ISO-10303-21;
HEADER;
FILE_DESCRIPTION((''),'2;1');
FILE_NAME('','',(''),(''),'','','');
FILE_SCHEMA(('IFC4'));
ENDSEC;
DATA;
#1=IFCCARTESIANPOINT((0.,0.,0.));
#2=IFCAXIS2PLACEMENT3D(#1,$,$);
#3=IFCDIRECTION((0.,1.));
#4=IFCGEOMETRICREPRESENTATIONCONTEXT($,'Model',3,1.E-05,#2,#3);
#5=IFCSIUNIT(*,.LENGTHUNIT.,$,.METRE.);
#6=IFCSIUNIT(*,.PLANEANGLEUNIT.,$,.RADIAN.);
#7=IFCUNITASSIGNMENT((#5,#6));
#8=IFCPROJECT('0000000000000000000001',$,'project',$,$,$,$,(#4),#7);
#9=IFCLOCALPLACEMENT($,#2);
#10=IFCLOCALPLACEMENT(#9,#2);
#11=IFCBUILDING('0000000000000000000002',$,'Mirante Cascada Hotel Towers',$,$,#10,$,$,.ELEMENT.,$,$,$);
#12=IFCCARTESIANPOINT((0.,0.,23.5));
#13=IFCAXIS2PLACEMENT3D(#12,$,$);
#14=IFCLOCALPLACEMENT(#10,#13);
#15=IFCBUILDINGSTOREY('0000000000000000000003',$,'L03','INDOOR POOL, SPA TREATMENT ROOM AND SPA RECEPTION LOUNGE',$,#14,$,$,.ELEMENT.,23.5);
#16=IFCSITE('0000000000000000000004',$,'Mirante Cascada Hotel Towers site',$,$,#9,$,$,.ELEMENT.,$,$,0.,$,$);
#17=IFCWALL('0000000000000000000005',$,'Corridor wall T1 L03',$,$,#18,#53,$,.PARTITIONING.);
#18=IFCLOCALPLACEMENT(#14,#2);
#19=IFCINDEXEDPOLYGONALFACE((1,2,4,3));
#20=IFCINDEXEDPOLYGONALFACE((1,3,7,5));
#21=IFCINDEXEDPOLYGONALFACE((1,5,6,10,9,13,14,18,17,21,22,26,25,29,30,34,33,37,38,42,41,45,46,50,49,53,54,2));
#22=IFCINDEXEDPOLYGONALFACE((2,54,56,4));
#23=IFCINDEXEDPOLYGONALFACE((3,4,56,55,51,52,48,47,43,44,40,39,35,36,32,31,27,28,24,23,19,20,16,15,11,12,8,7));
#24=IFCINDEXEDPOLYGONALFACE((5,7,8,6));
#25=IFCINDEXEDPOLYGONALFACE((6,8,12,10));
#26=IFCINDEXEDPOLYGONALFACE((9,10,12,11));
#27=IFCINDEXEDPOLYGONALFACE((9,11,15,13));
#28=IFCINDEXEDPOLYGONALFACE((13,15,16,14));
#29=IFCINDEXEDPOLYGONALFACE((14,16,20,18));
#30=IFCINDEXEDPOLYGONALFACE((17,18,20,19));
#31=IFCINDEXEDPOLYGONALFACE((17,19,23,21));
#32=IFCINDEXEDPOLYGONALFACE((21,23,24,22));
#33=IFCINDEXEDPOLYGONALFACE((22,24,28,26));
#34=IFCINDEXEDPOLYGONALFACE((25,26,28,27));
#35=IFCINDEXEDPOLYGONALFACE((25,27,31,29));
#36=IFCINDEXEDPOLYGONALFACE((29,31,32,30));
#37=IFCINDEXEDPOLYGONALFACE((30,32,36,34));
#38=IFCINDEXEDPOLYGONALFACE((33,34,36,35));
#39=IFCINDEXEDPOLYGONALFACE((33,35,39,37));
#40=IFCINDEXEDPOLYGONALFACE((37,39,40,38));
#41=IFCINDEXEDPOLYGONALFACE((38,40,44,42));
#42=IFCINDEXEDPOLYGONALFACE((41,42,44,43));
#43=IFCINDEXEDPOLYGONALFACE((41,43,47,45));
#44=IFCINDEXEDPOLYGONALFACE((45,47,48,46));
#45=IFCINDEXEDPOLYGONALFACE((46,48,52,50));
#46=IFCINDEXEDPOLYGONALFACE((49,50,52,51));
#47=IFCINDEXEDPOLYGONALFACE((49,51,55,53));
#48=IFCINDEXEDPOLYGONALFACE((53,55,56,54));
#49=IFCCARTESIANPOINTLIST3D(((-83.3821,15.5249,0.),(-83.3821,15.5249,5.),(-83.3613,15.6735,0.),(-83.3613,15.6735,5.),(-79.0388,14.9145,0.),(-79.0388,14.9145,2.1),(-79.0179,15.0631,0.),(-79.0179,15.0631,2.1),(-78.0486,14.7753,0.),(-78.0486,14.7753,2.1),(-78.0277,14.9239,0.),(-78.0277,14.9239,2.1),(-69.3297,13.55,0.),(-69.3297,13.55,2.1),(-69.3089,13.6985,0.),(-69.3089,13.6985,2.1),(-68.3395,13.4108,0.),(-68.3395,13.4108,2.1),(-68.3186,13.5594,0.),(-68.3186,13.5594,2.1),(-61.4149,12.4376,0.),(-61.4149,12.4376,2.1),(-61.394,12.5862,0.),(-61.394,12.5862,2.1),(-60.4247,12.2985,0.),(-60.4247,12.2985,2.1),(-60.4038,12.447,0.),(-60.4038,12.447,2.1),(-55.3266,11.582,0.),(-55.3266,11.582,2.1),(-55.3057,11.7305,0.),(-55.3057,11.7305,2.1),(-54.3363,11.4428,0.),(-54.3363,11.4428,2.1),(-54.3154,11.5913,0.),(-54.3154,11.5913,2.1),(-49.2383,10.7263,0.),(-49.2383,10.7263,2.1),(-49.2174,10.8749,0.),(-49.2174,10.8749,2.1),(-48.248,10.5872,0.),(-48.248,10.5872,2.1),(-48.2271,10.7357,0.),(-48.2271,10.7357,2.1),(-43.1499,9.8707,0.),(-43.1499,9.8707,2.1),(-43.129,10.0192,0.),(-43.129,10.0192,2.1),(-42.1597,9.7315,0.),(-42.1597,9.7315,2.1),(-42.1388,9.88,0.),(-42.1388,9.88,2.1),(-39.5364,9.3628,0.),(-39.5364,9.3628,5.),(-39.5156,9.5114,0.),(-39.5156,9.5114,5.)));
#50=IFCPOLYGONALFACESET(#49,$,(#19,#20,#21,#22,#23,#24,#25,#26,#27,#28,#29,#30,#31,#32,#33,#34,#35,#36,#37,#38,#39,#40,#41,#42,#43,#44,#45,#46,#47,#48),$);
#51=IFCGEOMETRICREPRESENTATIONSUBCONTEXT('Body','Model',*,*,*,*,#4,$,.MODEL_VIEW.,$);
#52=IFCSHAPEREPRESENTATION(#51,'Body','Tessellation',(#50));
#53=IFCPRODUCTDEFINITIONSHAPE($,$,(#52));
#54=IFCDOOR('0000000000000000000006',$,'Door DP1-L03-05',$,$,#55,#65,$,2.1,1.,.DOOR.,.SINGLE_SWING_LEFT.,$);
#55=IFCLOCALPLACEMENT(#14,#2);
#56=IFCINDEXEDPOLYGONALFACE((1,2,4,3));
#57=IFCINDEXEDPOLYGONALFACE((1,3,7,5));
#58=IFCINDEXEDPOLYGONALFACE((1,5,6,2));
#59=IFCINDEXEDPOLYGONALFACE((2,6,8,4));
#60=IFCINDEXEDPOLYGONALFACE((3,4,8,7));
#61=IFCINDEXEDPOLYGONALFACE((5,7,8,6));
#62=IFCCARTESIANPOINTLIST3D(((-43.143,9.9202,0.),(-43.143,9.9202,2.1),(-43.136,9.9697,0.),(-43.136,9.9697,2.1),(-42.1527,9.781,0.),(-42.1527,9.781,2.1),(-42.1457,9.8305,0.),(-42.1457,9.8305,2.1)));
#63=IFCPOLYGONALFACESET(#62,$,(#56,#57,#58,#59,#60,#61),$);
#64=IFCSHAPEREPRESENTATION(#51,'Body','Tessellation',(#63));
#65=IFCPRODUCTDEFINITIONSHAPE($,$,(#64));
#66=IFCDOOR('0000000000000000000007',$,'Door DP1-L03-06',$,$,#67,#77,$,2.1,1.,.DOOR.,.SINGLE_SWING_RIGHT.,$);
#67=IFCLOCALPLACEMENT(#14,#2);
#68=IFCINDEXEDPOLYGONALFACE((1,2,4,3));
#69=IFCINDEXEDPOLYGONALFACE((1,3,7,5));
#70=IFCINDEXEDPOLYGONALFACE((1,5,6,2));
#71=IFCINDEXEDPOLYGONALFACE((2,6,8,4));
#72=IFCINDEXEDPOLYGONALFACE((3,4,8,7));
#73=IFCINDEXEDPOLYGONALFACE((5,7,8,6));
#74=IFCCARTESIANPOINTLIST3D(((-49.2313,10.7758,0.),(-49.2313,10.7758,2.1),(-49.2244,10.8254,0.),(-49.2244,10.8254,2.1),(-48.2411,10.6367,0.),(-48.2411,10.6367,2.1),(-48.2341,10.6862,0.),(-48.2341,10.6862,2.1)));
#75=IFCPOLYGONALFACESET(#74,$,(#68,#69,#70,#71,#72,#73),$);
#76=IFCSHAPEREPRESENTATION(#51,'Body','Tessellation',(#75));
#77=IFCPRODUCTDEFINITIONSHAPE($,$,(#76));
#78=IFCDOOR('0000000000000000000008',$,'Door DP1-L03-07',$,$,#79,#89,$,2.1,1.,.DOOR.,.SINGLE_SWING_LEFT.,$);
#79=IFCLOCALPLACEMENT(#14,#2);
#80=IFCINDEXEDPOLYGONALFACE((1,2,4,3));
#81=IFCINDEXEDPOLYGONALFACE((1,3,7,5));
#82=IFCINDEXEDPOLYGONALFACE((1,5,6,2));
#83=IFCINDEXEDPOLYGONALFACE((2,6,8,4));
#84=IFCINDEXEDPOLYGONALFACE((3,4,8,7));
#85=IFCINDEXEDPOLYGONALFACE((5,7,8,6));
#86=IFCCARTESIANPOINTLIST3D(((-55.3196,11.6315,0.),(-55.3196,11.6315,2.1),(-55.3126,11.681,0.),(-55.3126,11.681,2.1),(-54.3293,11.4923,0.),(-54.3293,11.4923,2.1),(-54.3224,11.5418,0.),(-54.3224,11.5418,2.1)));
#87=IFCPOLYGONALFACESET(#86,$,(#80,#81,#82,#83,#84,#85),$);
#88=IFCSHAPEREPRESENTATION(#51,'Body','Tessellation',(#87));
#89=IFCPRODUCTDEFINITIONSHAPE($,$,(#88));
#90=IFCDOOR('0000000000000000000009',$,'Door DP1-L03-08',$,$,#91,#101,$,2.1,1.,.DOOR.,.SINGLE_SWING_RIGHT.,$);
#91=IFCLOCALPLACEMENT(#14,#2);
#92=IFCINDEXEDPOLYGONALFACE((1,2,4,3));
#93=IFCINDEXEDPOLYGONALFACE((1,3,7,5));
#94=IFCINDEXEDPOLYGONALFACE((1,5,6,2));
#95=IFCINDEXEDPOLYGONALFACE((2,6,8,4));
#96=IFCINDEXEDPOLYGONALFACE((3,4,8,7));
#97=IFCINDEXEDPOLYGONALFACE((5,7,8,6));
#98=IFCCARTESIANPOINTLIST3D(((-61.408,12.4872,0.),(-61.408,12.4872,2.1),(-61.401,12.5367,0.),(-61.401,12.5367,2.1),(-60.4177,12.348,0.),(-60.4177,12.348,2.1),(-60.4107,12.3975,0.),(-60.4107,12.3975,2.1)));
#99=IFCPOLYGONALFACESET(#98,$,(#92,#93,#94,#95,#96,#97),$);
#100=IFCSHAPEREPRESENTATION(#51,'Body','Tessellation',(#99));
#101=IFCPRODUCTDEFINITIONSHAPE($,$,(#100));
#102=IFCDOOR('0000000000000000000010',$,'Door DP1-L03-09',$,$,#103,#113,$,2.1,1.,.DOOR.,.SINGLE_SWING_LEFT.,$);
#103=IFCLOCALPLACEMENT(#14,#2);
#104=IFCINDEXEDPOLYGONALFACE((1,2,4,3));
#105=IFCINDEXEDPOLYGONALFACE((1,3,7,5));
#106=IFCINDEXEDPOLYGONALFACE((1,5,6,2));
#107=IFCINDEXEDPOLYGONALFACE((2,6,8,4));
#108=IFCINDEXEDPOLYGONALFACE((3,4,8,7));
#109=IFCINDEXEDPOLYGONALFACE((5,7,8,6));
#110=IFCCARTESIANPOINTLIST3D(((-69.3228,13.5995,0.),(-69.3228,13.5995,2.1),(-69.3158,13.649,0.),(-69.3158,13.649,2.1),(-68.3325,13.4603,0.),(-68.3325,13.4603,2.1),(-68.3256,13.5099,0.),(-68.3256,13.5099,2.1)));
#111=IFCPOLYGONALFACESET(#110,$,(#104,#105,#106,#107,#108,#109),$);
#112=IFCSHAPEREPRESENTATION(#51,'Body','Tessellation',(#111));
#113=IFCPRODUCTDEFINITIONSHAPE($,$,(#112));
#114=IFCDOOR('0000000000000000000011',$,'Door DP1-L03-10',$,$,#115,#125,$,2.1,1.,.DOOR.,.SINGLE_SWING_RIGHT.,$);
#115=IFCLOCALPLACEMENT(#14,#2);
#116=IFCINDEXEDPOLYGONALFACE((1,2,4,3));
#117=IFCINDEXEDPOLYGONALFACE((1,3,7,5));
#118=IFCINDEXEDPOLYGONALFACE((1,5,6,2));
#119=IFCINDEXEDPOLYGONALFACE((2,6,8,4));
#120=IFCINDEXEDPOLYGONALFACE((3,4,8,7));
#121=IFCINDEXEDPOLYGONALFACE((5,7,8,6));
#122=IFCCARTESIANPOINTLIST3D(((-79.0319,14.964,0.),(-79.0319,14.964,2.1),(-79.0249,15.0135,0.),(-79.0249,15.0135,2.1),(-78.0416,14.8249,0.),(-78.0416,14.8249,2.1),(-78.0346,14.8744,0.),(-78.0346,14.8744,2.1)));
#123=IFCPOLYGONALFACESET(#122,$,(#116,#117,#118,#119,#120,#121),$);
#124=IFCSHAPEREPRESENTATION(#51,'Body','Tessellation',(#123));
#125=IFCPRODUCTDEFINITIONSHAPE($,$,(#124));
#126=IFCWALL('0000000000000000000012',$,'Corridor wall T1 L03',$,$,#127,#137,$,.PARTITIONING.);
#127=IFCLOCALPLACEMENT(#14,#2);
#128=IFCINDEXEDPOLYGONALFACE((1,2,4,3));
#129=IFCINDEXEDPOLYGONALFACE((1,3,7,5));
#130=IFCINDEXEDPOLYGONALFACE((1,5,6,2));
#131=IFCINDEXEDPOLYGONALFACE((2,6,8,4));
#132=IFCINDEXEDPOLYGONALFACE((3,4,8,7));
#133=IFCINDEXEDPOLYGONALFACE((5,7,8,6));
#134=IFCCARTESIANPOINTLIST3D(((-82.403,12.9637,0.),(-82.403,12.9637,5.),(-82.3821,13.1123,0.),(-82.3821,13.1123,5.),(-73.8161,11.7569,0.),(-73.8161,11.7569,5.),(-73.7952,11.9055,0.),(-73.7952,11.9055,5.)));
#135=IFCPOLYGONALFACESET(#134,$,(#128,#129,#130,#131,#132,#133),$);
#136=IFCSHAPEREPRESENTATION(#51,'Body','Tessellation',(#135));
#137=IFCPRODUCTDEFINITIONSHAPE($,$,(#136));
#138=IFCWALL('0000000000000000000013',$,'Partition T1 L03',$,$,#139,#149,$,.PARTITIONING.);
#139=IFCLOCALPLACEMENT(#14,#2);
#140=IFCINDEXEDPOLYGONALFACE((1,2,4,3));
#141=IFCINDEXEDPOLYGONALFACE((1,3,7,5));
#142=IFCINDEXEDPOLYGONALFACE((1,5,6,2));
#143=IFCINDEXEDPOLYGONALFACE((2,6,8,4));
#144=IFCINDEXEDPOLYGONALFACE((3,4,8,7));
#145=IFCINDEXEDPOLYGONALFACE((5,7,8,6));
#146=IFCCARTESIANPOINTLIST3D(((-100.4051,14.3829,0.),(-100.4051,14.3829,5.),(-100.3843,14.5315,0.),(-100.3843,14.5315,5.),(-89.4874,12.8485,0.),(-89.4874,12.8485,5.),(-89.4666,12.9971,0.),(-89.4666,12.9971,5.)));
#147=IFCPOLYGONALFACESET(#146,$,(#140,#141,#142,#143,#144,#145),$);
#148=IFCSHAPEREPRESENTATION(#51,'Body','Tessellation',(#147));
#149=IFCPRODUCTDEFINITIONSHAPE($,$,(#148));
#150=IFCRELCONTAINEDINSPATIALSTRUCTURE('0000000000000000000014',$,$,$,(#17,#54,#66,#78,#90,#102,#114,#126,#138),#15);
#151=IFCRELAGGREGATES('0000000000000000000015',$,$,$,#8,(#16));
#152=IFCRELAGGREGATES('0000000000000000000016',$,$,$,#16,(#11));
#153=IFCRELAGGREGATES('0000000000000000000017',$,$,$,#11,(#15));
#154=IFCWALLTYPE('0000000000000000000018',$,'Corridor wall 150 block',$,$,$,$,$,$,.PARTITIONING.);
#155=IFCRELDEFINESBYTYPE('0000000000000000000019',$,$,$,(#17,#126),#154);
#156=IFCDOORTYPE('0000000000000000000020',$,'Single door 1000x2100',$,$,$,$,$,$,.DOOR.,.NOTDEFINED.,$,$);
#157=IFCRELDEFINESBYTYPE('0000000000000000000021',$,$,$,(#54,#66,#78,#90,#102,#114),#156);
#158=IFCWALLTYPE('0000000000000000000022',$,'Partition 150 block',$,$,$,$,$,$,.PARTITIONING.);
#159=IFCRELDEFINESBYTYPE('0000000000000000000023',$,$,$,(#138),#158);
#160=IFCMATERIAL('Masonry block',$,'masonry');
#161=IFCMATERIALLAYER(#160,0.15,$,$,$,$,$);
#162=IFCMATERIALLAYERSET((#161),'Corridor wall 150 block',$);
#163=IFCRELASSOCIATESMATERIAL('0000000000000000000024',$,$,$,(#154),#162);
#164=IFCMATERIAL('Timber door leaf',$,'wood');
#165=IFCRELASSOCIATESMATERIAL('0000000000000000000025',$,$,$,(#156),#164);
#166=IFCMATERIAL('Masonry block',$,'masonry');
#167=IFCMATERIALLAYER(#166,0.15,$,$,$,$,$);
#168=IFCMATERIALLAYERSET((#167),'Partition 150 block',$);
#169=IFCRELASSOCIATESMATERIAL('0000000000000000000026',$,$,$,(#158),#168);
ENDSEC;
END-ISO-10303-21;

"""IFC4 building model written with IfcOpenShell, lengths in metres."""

from ifc_helpers import new_model, si_unit, direction, frame, frame_2d, origin, place, context, subcontext, project, spatial, rectangle, extrude, material, layer, layer_set, type_object, element, fill, save


model = new_model("IFC4")

# Units and contexts
model_context = context("Model", 3, precision=1e-05, world=origin(), true_north=direction((0.0, 1.0)))
body_context = subcontext(model_context, "Body", "Model", "MODEL_VIEW")
ifc_project = project(units=[si_unit("LENGTHUNIT", "METRE"), si_unit("PLANEANGLEUNIT", "RADIAN")], contexts=[model_context])

# Site, building, storey
site_placement = place(None, origin())
site = spatial("IfcSite", under=ifc_project, at=site_placement, Name="Mirante Cascada Hotel Towers site", CompositionType="ELEMENT", RefElevation=0.0)
building_placement = place(site_placement, origin())
building = spatial("IfcBuilding", under=site, at=building_placement, Name="Mirante Cascada Hotel Towers", CompositionType="ELEMENT")
storey_placement = place(building_placement, frame((0.0, 0.0, 23.5)))
storey = spatial("IfcBuildingStorey", under=building, at=storey_placement, Name="L03", Description="INDOOR POOL, SPA TREATMENT ROOM AND SPA RECEPTION LOUNGE", CompositionType="ELEMENT", Elevation=23.5)

# Shared definitions
ifc_material_1 = material(Name="Masonry block", Category="masonry")
ifc_layer_1 = layer(ifc_material_1, 0.15)
ifc_layer_set_1 = layer_set([ifc_layer_1], Name="Corridor wall 150 block")
wall_type_1 = type_object("IfcWallType", Name="Corridor wall 150 block", PredefinedType="PARTITIONING", material=ifc_layer_set_1)

# Wall, openings, doors
wall_1_placement = place(storey_placement, frame((-83.3717, 15.5992, 0.0), z_axis=(0.0, 0.0, 1.0), x_axis=(0.990268, -0.139173, 0.0)))
wall_1 = element("IfcWall", 1, at=wall_1_placement, inside=storey, type_object=wall_type_1, Name="Corridor wall T1 L03", PredefinedType="PARTITIONING", context=body_context, shape_type="SweptSolid", body=[
    extrude(rectangle(XDim=44.2766, YDim=0.15, at=frame_2d((22.1383, 0.0))), origin(), (0.0, 0.0, 1.0), 5.0),
])
opening_1_placement = place(wall_1_placement, frame((40.6276, 0.0, 0.0)))
opening_1 = element("IfcOpeningElement", 2, at=opening_1_placement, cuts=wall_1, PredefinedType="OPENING", context=body_context, shape_type="SweptSolid", body=[
    extrude(rectangle(XDim=1.0, YDim=2.1, at=frame_2d((0.5, 1.05))), frame((0.0, 0.075, 0.0), z_axis=(0.0, -1.0, 0.0), x_axis=(1.0, 0.0, 0.0)), (0.0, 0.0, 1.0), 0.15),
])
opening_2_placement = place(wall_1_placement, frame((34.4794, 0.0, 0.0)))
opening_2 = element("IfcOpeningElement", 3, at=opening_2_placement, cuts=wall_1, PredefinedType="OPENING", context=body_context, shape_type="SweptSolid", body=[
    extrude(rectangle(XDim=1.0, YDim=2.1, at=frame_2d((0.5, 1.05))), frame((0.0, 0.075, 0.0), z_axis=(0.0, -1.0, 0.0), x_axis=(1.0, 0.0, 0.0)), (0.0, 0.0, 1.0), 0.15),
])
opening_3_placement = place(wall_1_placement, frame((28.3313, 0.0, 0.0)))
opening_3 = element("IfcOpeningElement", 4, at=opening_3_placement, cuts=wall_1, PredefinedType="OPENING", context=body_context, shape_type="SweptSolid", body=[
    extrude(rectangle(XDim=1.0, YDim=2.1, at=frame_2d((0.5, 1.05))), frame((0.0, 0.075, 0.0), z_axis=(0.0, -1.0, 0.0), x_axis=(1.0, 0.0, 0.0)), (0.0, 0.0, 1.0), 0.15),
])
opening_4_placement = place(wall_1_placement, frame((22.1831, 0.0, 0.0)))
opening_4 = element("IfcOpeningElement", 5, at=opening_4_placement, cuts=wall_1, PredefinedType="OPENING", context=body_context, shape_type="SweptSolid", body=[
    extrude(rectangle(XDim=1.0, YDim=2.1, at=frame_2d((0.5, 1.05))), frame((0.0, 0.075, 0.0), z_axis=(0.0, -1.0, 0.0), x_axis=(1.0, 0.0, 0.0)), (0.0, 0.0, 1.0), 0.15),
])
opening_5_placement = place(wall_1_placement, frame((14.1905, 0.0, 0.0)))
opening_5 = element("IfcOpeningElement", 6, at=opening_5_placement, cuts=wall_1, PredefinedType="OPENING", context=body_context, shape_type="SweptSolid", body=[
    extrude(rectangle(XDim=1.0, YDim=2.1, at=frame_2d((0.5, 1.05))), frame((0.0, 0.075, 0.0), z_axis=(0.0, -1.0, 0.0), x_axis=(1.0, 0.0, 0.0)), (0.0, 0.0, 1.0), 0.15),
])
opening_6_placement = place(wall_1_placement, frame((4.386, 0.0, 0.0)))
opening_6 = element("IfcOpeningElement", 7, at=opening_6_placement, cuts=wall_1, PredefinedType="OPENING", context=body_context, shape_type="SweptSolid", body=[
    extrude(rectangle(XDim=1.0, YDim=2.1, at=frame_2d((0.5, 1.05))), frame((0.0, 0.075, 0.0), z_axis=(0.0, -1.0, 0.0), x_axis=(1.0, 0.0, 0.0)), (0.0, 0.0, 1.0), 0.15),
])
ifc_material_2 = material(Name="Timber door leaf", Category="wood")
door_type = type_object("IfcDoorType", Name="Single door 1000x2100", OperationType="NOTDEFINED", PredefinedType="DOOR", material=ifc_material_2)
door_1_placement = place(opening_1_placement, origin())
door_1 = element("IfcDoor", 8, at=door_1_placement, inside=storey, type_object=door_type, Name="Door DP1-L03-05", OperationType="SINGLE_SWING_LEFT", OverallHeight=2.1, OverallWidth=1.0, PredefinedType="DOOR", context=body_context, shape_type="SweptSolid", body=[
    extrude(rectangle(XDim=1.0, YDim=2.1, at=frame_2d((0.5, 1.05))), frame((0.0, 0.025, 0.0), z_axis=(0.0, -1.0, 0.0), x_axis=(1.0, 0.0, 0.0)), (0.0, 0.0, 1.0), 0.05),
])
fill(opening_1, door_1)
door_2_placement = place(opening_2_placement, origin())
door_2 = element("IfcDoor", 9, at=door_2_placement, inside=storey, type_object=door_type, Name="Door DP1-L03-06", OperationType="SINGLE_SWING_RIGHT", OverallHeight=2.1, OverallWidth=1.0, PredefinedType="DOOR", context=body_context, shape_type="SweptSolid", body=[
    extrude(rectangle(XDim=1.0, YDim=2.1, at=frame_2d((0.5, 1.05))), frame((0.0, 0.025, 0.0), z_axis=(0.0, -1.0, 0.0), x_axis=(1.0, 0.0, 0.0)), (0.0, 0.0, 1.0), 0.05),
])
fill(opening_2, door_2)
door_3_placement = place(opening_3_placement, origin())
door_3 = element("IfcDoor", 10, at=door_3_placement, inside=storey, type_object=door_type, Name="Door DP1-L03-07", OperationType="SINGLE_SWING_LEFT", OverallHeight=2.1, OverallWidth=1.0, PredefinedType="DOOR", context=body_context, shape_type="SweptSolid", body=[
    extrude(rectangle(XDim=1.0, YDim=2.1, at=frame_2d((0.5, 1.05))), frame((0.0, 0.025, 0.0), z_axis=(0.0, -1.0, 0.0), x_axis=(1.0, 0.0, 0.0)), (0.0, 0.0, 1.0), 0.05),
])
fill(opening_3, door_3)
door_4_placement = place(opening_4_placement, origin())
door_4 = element("IfcDoor", 11, at=door_4_placement, inside=storey, type_object=door_type, Name="Door DP1-L03-08", OperationType="SINGLE_SWING_RIGHT", OverallHeight=2.1, OverallWidth=1.0, PredefinedType="DOOR", context=body_context, shape_type="SweptSolid", body=[
    extrude(rectangle(XDim=1.0, YDim=2.1, at=frame_2d((0.5, 1.05))), frame((0.0, 0.025, 0.0), z_axis=(0.0, -1.0, 0.0), x_axis=(1.0, 0.0, 0.0)), (0.0, 0.0, 1.0), 0.05),
])
fill(opening_4, door_4)
door_5_placement = place(opening_5_placement, origin())
door_5 = element("IfcDoor", 12, at=door_5_placement, inside=storey, type_object=door_type, Name="Door DP1-L03-09", OperationType="SINGLE_SWING_LEFT", OverallHeight=2.1, OverallWidth=1.0, PredefinedType="DOOR", context=body_context, shape_type="SweptSolid", body=[
    extrude(rectangle(XDim=1.0, YDim=2.1, at=frame_2d((0.5, 1.05))), frame((0.0, 0.025, 0.0), z_axis=(0.0, -1.0, 0.0), x_axis=(1.0, 0.0, 0.0)), (0.0, 0.0, 1.0), 0.05),
])
fill(opening_5, door_5)
door_6_placement = place(opening_6_placement, frame((1.0, 0.0, 0.0), z_axis=(0.0, 0.0, 1.0), x_axis=(-1.0, 0.0, 0.0)))
door_6 = element("IfcDoor", 13, at=door_6_placement, inside=storey, type_object=door_type, Name="Door DP1-L03-10", OperationType="SINGLE_SWING_RIGHT", OverallHeight=2.1, OverallWidth=1.0, PredefinedType="DOOR", context=body_context, shape_type="SweptSolid", body=[
    extrude(rectangle(XDim=1.0, YDim=2.1, at=frame_2d((0.5, 1.05))), frame((0.0, 0.025, 0.0), z_axis=(0.0, -1.0, 0.0), x_axis=(1.0, 0.0, 0.0)), (0.0, 0.0, 1.0), 0.05),
])
fill(opening_6, door_6)

# Walls
wall_2_placement = place(storey_placement, frame((-82.3925, 13.038, 0.0), z_axis=(0.0, 0.0, 1.0), x_axis=(0.990268, -0.139172, 0.0)))
element("IfcWall", 14, at=wall_2_placement, inside=storey, type_object=wall_type_1, Name="Corridor wall T1 L03", PredefinedType="PARTITIONING", context=body_context, shape_type="SweptSolid", body=[
    extrude(rectangle(XDim=8.6713, YDim=0.15, at=frame_2d((4.3356, 0.0))), origin(), (0.0, 0.0, 1.0), 5.0),
])
ifc_material_3 = material(Name="Masonry block", Category="masonry")
ifc_layer_2 = layer(ifc_material_3, 0.15)
ifc_layer_set_2 = layer_set([ifc_layer_2], Name="Partition 150 block")
wall_type_2 = type_object("IfcWallType", Name="Partition 150 block", PredefinedType="PARTITIONING", material=ifc_layer_set_2)
wall_3_placement = place(storey_placement, frame((-100.3947, 14.4572, 0.0), z_axis=(0.0, 0.0, 1.0), x_axis=(0.990268, -0.139175, 0.0)))
element("IfcWall", 15, at=wall_3_placement, inside=storey, type_object=wall_type_2, Name="Partition T1 L03", PredefinedType="PARTITIONING", context=body_context, shape_type="SweptSolid", body=[
    extrude(rectangle(XDim=11.025, YDim=0.15, at=frame_2d((5.5125, 0.0))), origin(), (0.0, 0.0, 1.0), 5.0),
])

save(model, "model.ifc")
